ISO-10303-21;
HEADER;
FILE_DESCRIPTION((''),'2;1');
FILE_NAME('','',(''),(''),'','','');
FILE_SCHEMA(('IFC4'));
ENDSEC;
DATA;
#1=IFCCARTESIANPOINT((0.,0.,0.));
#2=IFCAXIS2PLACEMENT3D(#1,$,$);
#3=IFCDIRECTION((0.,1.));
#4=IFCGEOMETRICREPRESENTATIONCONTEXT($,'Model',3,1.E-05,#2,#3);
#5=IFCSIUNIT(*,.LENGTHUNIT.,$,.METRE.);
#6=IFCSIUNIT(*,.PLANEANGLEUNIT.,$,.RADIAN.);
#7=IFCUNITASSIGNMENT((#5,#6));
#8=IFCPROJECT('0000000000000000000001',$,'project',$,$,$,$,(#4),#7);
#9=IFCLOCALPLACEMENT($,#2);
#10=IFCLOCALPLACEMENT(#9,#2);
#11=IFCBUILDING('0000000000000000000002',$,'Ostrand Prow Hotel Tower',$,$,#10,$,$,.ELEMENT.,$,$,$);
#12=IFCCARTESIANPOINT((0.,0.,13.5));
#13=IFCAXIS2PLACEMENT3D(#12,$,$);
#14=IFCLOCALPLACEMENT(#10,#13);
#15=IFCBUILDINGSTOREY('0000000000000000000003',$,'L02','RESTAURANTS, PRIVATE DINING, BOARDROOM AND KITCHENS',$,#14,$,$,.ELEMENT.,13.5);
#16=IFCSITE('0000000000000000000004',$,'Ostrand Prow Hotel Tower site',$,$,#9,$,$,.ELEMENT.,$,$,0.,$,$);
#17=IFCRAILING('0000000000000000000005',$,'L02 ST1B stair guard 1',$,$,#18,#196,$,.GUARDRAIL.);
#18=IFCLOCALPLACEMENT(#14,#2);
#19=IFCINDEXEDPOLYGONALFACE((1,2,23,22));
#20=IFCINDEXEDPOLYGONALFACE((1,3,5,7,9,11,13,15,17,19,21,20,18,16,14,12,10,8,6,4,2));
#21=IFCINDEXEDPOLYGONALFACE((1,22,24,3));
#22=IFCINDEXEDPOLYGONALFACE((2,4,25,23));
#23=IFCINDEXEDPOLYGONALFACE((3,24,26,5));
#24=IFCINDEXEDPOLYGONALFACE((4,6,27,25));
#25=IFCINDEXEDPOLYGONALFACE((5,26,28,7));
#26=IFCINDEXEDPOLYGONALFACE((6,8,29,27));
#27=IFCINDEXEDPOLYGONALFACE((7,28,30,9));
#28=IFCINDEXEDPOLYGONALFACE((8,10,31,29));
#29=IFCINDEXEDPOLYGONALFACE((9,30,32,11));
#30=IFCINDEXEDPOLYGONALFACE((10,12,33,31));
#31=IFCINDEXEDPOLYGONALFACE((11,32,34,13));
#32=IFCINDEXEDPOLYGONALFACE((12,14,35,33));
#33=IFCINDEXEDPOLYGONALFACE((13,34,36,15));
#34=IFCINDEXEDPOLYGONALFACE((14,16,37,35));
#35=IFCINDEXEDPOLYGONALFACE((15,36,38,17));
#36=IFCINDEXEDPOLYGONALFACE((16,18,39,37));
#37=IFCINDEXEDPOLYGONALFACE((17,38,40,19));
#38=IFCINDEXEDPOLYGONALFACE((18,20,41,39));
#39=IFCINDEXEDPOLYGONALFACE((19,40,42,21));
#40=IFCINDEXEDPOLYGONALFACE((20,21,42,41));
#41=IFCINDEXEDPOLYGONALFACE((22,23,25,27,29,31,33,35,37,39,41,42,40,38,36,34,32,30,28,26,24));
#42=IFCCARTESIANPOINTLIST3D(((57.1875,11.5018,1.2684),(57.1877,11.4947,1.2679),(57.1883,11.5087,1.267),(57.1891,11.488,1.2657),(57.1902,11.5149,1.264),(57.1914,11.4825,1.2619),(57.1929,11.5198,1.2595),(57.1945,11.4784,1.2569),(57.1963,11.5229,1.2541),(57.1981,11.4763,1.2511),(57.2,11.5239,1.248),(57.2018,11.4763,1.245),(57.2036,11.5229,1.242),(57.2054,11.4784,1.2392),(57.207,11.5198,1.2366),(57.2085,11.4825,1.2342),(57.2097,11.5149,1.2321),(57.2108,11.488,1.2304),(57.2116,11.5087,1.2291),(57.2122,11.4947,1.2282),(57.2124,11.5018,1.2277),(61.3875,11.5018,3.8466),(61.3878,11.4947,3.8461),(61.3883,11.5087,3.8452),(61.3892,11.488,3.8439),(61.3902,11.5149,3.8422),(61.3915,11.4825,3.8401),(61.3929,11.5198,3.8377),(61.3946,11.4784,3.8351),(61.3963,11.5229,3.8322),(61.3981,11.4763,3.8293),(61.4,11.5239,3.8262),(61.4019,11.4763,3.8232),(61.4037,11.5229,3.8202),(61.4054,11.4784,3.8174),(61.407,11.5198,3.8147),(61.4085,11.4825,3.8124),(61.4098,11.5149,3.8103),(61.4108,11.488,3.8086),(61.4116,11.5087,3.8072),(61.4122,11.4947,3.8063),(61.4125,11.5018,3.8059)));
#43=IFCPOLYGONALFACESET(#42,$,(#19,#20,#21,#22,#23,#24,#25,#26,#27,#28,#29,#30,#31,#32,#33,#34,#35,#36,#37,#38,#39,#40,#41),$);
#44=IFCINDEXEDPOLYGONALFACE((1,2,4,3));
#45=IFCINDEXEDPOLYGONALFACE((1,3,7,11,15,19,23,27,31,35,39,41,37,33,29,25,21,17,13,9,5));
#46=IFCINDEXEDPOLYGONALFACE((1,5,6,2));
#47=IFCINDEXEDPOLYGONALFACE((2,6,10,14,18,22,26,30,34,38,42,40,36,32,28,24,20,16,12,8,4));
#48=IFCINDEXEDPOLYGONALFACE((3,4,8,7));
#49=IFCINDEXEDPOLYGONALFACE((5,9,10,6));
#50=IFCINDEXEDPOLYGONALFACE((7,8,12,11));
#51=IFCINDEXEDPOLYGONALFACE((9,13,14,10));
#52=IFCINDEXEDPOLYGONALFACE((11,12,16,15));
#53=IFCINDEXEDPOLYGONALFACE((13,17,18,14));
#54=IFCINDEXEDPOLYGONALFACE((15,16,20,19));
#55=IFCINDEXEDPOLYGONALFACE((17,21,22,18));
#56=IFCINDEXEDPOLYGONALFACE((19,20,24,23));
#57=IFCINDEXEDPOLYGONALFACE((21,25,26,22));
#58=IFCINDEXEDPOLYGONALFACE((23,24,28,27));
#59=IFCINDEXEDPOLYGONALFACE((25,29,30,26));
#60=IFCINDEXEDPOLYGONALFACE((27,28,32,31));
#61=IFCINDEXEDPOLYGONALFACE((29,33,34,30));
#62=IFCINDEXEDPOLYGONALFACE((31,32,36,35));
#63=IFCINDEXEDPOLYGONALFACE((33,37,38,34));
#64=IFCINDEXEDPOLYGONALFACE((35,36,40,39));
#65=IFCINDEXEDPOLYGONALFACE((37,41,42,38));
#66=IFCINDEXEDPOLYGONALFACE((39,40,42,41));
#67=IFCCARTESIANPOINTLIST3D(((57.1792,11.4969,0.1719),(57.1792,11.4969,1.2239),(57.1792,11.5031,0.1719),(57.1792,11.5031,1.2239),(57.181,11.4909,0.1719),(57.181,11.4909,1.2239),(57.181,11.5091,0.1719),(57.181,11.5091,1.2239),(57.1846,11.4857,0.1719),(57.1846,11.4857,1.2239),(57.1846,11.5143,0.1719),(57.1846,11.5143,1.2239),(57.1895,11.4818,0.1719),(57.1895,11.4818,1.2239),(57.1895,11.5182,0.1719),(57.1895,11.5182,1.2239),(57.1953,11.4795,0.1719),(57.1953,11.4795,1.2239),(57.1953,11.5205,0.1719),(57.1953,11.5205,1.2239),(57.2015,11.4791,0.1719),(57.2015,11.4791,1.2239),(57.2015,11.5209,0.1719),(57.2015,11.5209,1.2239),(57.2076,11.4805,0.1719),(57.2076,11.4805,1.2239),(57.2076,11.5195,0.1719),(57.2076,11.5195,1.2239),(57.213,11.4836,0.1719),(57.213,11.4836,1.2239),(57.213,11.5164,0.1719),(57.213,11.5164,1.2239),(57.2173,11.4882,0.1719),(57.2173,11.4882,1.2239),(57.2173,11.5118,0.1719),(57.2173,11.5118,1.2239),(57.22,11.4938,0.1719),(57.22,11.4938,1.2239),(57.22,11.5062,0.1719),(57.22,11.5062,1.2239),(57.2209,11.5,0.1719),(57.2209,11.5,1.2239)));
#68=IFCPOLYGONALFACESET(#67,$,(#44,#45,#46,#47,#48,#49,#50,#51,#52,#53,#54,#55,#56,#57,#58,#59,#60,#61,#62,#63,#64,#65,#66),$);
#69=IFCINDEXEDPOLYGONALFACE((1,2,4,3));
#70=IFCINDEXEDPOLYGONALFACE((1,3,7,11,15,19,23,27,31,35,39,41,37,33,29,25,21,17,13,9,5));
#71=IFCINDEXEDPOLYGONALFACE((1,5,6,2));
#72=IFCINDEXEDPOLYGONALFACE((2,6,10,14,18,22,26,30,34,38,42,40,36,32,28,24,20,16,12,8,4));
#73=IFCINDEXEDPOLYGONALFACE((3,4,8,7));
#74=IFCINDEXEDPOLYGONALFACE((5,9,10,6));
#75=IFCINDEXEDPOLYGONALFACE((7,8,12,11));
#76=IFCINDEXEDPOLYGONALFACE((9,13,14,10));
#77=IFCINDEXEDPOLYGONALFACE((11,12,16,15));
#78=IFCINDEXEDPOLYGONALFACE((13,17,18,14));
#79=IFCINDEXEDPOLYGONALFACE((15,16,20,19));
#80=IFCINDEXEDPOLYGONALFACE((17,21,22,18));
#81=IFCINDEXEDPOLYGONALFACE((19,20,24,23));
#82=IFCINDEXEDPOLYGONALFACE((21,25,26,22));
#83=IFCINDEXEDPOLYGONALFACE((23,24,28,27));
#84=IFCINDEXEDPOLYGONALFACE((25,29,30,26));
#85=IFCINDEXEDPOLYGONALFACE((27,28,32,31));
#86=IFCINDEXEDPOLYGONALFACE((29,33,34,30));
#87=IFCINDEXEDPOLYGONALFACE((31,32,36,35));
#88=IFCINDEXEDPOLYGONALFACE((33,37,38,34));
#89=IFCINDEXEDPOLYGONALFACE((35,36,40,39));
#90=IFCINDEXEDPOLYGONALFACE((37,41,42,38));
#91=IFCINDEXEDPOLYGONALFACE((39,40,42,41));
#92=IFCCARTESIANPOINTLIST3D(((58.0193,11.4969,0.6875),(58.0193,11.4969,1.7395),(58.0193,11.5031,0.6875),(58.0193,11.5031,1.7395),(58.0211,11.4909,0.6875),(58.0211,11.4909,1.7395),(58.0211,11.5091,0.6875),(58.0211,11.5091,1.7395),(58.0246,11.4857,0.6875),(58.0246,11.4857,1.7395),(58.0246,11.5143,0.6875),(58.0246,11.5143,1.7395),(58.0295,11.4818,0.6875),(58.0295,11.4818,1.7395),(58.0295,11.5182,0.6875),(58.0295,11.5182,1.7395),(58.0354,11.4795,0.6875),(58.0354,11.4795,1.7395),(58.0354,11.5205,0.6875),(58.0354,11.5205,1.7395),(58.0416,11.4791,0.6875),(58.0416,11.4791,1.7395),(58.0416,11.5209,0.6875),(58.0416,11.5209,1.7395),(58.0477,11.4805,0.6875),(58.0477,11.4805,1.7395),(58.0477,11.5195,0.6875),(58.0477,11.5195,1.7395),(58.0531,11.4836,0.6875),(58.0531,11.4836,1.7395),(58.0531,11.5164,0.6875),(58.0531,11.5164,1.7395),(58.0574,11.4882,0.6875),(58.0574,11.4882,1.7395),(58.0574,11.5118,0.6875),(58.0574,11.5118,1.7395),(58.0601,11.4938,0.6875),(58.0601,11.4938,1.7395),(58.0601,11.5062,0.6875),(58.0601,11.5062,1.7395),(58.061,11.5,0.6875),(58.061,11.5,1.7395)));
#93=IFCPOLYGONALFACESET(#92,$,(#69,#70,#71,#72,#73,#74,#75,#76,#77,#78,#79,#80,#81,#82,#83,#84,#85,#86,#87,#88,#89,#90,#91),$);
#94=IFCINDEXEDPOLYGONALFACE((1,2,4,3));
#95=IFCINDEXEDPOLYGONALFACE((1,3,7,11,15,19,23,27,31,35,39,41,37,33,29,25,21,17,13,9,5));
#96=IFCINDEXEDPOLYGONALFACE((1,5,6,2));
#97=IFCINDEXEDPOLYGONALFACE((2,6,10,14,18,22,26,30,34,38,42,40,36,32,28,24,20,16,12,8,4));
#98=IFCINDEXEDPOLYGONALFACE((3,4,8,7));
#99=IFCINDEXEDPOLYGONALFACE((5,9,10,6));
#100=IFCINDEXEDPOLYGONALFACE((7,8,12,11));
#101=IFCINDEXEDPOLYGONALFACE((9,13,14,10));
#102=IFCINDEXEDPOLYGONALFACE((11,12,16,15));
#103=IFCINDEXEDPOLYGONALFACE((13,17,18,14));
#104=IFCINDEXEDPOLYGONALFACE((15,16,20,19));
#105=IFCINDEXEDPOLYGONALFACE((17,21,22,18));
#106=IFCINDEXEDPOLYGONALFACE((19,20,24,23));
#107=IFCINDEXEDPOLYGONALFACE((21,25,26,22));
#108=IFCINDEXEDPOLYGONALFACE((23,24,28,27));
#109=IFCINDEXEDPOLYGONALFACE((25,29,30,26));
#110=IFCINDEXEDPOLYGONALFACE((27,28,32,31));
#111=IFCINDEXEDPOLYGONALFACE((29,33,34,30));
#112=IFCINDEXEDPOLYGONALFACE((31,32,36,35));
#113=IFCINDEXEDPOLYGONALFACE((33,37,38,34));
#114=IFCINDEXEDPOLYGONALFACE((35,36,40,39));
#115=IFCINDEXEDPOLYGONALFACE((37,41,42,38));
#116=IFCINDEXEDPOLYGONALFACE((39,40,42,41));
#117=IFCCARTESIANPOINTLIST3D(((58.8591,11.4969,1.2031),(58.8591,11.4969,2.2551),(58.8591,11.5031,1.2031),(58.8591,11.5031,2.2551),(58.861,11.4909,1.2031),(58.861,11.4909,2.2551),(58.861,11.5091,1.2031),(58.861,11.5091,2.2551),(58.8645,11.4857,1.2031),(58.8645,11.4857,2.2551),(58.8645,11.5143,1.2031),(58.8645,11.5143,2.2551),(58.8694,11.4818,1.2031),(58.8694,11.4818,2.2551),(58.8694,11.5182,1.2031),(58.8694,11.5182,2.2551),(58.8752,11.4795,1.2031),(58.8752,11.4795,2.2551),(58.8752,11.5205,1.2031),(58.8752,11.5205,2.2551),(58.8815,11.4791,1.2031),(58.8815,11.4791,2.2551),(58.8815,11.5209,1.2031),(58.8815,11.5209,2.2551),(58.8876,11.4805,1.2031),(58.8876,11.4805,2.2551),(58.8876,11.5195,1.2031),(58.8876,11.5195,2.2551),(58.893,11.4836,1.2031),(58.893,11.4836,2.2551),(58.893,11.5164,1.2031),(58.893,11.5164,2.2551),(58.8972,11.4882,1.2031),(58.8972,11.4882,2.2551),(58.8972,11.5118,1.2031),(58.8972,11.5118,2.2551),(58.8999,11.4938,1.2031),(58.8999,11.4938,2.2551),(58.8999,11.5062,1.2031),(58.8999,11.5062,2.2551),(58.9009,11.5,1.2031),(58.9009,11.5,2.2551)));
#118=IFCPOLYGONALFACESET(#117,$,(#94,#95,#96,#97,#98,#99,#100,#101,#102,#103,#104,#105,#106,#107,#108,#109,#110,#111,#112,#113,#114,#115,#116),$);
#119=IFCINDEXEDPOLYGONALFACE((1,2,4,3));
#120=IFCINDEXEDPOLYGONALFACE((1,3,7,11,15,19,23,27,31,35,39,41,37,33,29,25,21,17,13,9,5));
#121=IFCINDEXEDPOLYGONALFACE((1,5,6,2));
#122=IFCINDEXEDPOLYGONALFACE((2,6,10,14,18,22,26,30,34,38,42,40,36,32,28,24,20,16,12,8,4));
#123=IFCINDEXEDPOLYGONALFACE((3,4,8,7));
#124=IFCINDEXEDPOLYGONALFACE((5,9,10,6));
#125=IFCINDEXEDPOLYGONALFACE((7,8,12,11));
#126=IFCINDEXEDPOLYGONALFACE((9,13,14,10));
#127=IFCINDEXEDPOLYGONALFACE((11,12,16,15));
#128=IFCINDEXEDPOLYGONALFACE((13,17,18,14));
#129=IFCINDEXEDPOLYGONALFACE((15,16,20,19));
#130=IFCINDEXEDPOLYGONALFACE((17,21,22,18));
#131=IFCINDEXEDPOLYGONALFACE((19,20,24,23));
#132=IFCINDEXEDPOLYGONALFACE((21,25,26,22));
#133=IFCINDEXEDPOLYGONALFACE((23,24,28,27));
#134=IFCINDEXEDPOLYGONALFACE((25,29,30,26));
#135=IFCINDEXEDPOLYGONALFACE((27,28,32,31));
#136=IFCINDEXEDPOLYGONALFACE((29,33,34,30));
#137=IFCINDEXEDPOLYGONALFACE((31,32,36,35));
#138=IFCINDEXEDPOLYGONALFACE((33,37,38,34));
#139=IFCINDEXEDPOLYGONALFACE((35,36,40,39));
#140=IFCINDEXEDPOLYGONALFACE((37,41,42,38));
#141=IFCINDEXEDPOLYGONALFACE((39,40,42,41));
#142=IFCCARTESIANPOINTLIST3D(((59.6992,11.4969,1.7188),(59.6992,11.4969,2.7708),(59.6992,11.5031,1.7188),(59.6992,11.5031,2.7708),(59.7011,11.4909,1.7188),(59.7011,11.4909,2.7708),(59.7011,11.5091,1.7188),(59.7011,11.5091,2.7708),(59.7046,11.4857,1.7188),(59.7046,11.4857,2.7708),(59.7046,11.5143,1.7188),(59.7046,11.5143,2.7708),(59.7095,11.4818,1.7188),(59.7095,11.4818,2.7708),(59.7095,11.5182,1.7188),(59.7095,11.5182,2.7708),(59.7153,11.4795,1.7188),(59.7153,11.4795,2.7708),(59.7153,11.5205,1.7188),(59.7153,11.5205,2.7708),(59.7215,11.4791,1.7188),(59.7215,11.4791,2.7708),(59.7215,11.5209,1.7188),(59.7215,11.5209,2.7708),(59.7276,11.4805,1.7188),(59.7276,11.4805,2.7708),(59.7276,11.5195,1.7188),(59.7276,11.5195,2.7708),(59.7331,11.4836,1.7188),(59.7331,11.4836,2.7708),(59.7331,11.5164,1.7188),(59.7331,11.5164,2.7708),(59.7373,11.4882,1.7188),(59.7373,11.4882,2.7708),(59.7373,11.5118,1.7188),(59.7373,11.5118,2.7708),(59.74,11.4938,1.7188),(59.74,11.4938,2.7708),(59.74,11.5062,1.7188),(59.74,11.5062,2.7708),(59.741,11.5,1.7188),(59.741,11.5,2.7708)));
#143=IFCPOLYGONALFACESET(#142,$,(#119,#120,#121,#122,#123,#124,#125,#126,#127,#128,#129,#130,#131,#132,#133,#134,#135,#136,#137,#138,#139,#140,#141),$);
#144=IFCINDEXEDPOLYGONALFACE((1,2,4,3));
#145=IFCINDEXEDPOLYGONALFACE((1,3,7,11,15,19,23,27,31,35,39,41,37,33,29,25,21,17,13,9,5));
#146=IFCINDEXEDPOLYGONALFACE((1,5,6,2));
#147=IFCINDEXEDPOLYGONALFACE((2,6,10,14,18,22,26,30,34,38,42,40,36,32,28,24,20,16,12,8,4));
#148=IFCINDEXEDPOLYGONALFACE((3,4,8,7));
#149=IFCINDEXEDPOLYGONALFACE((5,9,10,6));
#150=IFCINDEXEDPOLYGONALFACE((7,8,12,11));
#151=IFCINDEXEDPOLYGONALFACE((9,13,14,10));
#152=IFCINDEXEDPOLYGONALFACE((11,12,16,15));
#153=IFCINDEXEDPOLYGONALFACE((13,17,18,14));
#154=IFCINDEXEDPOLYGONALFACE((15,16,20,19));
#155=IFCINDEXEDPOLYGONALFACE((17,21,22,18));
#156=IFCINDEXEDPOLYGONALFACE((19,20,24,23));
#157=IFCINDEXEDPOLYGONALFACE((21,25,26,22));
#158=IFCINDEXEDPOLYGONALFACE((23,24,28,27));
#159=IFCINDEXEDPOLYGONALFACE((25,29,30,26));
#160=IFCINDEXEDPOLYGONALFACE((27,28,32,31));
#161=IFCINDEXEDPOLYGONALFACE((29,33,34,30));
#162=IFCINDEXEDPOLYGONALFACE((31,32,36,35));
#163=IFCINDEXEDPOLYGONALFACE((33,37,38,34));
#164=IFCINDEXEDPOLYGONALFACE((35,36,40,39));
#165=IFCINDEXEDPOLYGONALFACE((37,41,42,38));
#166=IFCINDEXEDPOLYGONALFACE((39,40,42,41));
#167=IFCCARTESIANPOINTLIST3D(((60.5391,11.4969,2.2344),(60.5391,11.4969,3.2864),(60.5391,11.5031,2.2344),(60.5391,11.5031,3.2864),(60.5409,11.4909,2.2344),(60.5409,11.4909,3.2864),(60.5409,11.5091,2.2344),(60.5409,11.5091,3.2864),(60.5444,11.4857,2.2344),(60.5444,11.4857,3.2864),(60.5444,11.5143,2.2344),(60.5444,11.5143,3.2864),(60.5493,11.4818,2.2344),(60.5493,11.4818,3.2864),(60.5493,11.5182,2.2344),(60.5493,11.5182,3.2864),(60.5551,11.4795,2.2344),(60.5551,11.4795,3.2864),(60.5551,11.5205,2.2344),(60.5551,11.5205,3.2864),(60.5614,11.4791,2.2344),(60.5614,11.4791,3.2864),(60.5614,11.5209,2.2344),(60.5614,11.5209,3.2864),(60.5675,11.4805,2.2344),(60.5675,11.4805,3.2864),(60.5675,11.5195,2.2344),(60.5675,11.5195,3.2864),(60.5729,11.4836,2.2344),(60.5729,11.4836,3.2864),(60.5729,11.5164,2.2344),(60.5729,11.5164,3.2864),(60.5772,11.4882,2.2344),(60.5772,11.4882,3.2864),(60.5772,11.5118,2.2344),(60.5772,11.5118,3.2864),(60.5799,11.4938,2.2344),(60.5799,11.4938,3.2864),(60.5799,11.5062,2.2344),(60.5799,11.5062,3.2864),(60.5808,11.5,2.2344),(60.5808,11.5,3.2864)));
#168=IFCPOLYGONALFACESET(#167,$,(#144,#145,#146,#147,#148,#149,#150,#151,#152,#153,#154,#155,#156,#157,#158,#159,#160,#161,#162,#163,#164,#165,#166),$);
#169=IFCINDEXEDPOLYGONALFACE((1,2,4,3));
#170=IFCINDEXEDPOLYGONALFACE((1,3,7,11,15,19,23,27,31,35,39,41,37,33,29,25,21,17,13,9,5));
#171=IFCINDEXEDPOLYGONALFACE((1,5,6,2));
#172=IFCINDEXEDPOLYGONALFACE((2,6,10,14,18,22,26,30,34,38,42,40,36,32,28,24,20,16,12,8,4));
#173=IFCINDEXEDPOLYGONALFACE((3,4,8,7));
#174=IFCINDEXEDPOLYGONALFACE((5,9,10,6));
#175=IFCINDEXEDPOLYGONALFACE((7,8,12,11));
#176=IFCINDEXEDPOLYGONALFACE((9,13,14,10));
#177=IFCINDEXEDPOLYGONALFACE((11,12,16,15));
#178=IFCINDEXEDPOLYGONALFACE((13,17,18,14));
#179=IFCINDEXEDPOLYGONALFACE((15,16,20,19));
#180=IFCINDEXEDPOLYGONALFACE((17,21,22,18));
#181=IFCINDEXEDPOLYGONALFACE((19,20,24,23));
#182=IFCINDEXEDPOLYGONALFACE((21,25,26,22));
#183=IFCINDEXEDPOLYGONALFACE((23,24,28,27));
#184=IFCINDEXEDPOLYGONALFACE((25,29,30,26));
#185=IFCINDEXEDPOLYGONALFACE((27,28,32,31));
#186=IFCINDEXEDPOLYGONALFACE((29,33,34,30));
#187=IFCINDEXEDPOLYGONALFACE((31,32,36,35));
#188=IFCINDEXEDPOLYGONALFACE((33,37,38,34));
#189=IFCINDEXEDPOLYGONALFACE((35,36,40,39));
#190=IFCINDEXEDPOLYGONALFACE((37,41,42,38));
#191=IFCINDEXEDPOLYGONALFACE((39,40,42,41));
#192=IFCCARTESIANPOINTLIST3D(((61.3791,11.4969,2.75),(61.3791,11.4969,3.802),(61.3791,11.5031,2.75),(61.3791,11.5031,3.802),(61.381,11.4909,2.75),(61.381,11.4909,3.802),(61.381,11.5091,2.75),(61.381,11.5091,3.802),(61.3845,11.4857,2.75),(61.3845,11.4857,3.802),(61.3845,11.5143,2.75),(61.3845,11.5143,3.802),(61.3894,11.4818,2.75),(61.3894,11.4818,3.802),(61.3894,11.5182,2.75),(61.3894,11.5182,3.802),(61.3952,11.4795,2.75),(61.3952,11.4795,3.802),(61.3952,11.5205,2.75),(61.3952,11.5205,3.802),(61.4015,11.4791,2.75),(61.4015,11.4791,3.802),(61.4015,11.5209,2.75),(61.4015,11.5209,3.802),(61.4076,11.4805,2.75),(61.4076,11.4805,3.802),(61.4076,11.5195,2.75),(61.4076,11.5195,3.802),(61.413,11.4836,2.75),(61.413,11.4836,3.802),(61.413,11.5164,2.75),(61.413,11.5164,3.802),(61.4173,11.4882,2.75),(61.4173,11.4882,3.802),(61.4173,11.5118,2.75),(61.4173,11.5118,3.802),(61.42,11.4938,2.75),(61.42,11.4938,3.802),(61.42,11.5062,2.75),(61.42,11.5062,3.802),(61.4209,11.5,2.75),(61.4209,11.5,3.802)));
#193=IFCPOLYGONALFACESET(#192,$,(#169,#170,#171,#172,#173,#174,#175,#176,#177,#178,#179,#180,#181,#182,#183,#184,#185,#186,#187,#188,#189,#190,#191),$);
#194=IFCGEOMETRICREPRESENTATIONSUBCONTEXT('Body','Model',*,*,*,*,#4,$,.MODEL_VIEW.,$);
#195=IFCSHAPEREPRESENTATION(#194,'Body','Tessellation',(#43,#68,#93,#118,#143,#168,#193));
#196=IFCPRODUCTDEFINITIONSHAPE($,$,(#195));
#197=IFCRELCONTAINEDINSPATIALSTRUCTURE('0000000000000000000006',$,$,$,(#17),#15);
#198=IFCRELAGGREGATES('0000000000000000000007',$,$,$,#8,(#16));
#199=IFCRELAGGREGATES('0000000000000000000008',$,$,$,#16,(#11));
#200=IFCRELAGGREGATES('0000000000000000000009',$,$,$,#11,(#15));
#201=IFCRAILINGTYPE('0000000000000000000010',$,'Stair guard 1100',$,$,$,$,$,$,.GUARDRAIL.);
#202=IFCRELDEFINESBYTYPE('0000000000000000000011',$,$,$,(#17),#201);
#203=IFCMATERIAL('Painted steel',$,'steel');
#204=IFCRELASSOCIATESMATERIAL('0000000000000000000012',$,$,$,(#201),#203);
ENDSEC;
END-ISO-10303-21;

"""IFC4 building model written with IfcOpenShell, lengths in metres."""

from ifc_helpers import new_model, si_unit, direction, frame, origin, origin_2d, place, context, subcontext, project, spatial, circle, extrude, material, type_object, element, save


model = new_model("IFC4")

# Units and contexts
model_context = context("Model", 3, precision=1e-05, world=origin(), true_north=direction((0.0, 1.0)))
body_context = subcontext(model_context, "Body", "Model", "MODEL_VIEW")
ifc_project = project(units=[si_unit("LENGTHUNIT", "METRE"), si_unit("PLANEANGLEUNIT", "RADIAN")], contexts=[model_context])

# Site, building, storey
site_placement = place(None, origin())
site = spatial("IfcSite", under=ifc_project, at=site_placement, Name="Ostrand Prow Hotel Tower site", CompositionType="ELEMENT", RefElevation=0.0)
building_placement = place(site_placement, origin())
building = spatial("IfcBuilding", under=site, at=building_placement, Name="Ostrand Prow Hotel Tower", CompositionType="ELEMENT")
storey_placement = place(building_placement, frame((0.0, 0.0, 13.5)))
storey = spatial("IfcBuildingStorey", under=building, at=storey_placement, Name="L02", Description="RESTAURANTS, PRIVATE DINING, BOARDROOM AND KITCHENS", CompositionType="ELEMENT", Elevation=13.5)

# Railing
ifc_material_1 = material(Name="Painted steel", Category="steel")
railing_type_1 = type_object("IfcRailingType", Name="Stair guard 1100", PredefinedType="GUARDRAIL", material=ifc_material_1)
railing_1_placement = place(storey_placement, frame((57.2, 11.5, 0.1719)))
element("IfcRailing", 1, at=railing_1_placement, inside=storey, type_object=railing_type_1, Name="L02 ST1B stair guard 1", PredefinedType="GUARDRAIL", context=body_context, shape_type="SweptSolid", body=[
    extrude(circle(Radius=0.0239, at=origin_2d()), frame((0.0, 0.0, 1.0762), z_axis=(0.852243, 0.0, 0.523146), x_axis=(0.0, 1.0, 0.0)), (0.0, 0.0, 1.0), 4.9282),
    extrude(circle(Radius=0.021, at=origin_2d()), origin(), (0.0, 0.0, 1.0), 1.052),
    extrude(circle(Radius=0.021, at=origin_2d()), frame((0.8401, 0.0, 0.5156)), (0.0, 0.0, 1.0), 1.052),
    extrude(circle(Radius=0.021, at=origin_2d()), frame((1.6799, 0.0, 1.0312)), (0.0, 0.0, 1.0), 1.052),
    extrude(circle(Radius=0.021, at=origin_2d()), frame((2.52, 0.0, 1.5469)), (0.0, 0.0, 1.0), 1.052),
    extrude(circle(Radius=0.021, at=origin_2d()), frame((3.3599, 0.0, 2.0625)), (0.0, 0.0, 1.0), 1.052),
    extrude(circle(Radius=0.021, at=origin_2d()), frame((4.2, 0.0, 2.5781)), (0.0, 0.0, 1.0), 1.052),
])

save(model, "model.ifc")
